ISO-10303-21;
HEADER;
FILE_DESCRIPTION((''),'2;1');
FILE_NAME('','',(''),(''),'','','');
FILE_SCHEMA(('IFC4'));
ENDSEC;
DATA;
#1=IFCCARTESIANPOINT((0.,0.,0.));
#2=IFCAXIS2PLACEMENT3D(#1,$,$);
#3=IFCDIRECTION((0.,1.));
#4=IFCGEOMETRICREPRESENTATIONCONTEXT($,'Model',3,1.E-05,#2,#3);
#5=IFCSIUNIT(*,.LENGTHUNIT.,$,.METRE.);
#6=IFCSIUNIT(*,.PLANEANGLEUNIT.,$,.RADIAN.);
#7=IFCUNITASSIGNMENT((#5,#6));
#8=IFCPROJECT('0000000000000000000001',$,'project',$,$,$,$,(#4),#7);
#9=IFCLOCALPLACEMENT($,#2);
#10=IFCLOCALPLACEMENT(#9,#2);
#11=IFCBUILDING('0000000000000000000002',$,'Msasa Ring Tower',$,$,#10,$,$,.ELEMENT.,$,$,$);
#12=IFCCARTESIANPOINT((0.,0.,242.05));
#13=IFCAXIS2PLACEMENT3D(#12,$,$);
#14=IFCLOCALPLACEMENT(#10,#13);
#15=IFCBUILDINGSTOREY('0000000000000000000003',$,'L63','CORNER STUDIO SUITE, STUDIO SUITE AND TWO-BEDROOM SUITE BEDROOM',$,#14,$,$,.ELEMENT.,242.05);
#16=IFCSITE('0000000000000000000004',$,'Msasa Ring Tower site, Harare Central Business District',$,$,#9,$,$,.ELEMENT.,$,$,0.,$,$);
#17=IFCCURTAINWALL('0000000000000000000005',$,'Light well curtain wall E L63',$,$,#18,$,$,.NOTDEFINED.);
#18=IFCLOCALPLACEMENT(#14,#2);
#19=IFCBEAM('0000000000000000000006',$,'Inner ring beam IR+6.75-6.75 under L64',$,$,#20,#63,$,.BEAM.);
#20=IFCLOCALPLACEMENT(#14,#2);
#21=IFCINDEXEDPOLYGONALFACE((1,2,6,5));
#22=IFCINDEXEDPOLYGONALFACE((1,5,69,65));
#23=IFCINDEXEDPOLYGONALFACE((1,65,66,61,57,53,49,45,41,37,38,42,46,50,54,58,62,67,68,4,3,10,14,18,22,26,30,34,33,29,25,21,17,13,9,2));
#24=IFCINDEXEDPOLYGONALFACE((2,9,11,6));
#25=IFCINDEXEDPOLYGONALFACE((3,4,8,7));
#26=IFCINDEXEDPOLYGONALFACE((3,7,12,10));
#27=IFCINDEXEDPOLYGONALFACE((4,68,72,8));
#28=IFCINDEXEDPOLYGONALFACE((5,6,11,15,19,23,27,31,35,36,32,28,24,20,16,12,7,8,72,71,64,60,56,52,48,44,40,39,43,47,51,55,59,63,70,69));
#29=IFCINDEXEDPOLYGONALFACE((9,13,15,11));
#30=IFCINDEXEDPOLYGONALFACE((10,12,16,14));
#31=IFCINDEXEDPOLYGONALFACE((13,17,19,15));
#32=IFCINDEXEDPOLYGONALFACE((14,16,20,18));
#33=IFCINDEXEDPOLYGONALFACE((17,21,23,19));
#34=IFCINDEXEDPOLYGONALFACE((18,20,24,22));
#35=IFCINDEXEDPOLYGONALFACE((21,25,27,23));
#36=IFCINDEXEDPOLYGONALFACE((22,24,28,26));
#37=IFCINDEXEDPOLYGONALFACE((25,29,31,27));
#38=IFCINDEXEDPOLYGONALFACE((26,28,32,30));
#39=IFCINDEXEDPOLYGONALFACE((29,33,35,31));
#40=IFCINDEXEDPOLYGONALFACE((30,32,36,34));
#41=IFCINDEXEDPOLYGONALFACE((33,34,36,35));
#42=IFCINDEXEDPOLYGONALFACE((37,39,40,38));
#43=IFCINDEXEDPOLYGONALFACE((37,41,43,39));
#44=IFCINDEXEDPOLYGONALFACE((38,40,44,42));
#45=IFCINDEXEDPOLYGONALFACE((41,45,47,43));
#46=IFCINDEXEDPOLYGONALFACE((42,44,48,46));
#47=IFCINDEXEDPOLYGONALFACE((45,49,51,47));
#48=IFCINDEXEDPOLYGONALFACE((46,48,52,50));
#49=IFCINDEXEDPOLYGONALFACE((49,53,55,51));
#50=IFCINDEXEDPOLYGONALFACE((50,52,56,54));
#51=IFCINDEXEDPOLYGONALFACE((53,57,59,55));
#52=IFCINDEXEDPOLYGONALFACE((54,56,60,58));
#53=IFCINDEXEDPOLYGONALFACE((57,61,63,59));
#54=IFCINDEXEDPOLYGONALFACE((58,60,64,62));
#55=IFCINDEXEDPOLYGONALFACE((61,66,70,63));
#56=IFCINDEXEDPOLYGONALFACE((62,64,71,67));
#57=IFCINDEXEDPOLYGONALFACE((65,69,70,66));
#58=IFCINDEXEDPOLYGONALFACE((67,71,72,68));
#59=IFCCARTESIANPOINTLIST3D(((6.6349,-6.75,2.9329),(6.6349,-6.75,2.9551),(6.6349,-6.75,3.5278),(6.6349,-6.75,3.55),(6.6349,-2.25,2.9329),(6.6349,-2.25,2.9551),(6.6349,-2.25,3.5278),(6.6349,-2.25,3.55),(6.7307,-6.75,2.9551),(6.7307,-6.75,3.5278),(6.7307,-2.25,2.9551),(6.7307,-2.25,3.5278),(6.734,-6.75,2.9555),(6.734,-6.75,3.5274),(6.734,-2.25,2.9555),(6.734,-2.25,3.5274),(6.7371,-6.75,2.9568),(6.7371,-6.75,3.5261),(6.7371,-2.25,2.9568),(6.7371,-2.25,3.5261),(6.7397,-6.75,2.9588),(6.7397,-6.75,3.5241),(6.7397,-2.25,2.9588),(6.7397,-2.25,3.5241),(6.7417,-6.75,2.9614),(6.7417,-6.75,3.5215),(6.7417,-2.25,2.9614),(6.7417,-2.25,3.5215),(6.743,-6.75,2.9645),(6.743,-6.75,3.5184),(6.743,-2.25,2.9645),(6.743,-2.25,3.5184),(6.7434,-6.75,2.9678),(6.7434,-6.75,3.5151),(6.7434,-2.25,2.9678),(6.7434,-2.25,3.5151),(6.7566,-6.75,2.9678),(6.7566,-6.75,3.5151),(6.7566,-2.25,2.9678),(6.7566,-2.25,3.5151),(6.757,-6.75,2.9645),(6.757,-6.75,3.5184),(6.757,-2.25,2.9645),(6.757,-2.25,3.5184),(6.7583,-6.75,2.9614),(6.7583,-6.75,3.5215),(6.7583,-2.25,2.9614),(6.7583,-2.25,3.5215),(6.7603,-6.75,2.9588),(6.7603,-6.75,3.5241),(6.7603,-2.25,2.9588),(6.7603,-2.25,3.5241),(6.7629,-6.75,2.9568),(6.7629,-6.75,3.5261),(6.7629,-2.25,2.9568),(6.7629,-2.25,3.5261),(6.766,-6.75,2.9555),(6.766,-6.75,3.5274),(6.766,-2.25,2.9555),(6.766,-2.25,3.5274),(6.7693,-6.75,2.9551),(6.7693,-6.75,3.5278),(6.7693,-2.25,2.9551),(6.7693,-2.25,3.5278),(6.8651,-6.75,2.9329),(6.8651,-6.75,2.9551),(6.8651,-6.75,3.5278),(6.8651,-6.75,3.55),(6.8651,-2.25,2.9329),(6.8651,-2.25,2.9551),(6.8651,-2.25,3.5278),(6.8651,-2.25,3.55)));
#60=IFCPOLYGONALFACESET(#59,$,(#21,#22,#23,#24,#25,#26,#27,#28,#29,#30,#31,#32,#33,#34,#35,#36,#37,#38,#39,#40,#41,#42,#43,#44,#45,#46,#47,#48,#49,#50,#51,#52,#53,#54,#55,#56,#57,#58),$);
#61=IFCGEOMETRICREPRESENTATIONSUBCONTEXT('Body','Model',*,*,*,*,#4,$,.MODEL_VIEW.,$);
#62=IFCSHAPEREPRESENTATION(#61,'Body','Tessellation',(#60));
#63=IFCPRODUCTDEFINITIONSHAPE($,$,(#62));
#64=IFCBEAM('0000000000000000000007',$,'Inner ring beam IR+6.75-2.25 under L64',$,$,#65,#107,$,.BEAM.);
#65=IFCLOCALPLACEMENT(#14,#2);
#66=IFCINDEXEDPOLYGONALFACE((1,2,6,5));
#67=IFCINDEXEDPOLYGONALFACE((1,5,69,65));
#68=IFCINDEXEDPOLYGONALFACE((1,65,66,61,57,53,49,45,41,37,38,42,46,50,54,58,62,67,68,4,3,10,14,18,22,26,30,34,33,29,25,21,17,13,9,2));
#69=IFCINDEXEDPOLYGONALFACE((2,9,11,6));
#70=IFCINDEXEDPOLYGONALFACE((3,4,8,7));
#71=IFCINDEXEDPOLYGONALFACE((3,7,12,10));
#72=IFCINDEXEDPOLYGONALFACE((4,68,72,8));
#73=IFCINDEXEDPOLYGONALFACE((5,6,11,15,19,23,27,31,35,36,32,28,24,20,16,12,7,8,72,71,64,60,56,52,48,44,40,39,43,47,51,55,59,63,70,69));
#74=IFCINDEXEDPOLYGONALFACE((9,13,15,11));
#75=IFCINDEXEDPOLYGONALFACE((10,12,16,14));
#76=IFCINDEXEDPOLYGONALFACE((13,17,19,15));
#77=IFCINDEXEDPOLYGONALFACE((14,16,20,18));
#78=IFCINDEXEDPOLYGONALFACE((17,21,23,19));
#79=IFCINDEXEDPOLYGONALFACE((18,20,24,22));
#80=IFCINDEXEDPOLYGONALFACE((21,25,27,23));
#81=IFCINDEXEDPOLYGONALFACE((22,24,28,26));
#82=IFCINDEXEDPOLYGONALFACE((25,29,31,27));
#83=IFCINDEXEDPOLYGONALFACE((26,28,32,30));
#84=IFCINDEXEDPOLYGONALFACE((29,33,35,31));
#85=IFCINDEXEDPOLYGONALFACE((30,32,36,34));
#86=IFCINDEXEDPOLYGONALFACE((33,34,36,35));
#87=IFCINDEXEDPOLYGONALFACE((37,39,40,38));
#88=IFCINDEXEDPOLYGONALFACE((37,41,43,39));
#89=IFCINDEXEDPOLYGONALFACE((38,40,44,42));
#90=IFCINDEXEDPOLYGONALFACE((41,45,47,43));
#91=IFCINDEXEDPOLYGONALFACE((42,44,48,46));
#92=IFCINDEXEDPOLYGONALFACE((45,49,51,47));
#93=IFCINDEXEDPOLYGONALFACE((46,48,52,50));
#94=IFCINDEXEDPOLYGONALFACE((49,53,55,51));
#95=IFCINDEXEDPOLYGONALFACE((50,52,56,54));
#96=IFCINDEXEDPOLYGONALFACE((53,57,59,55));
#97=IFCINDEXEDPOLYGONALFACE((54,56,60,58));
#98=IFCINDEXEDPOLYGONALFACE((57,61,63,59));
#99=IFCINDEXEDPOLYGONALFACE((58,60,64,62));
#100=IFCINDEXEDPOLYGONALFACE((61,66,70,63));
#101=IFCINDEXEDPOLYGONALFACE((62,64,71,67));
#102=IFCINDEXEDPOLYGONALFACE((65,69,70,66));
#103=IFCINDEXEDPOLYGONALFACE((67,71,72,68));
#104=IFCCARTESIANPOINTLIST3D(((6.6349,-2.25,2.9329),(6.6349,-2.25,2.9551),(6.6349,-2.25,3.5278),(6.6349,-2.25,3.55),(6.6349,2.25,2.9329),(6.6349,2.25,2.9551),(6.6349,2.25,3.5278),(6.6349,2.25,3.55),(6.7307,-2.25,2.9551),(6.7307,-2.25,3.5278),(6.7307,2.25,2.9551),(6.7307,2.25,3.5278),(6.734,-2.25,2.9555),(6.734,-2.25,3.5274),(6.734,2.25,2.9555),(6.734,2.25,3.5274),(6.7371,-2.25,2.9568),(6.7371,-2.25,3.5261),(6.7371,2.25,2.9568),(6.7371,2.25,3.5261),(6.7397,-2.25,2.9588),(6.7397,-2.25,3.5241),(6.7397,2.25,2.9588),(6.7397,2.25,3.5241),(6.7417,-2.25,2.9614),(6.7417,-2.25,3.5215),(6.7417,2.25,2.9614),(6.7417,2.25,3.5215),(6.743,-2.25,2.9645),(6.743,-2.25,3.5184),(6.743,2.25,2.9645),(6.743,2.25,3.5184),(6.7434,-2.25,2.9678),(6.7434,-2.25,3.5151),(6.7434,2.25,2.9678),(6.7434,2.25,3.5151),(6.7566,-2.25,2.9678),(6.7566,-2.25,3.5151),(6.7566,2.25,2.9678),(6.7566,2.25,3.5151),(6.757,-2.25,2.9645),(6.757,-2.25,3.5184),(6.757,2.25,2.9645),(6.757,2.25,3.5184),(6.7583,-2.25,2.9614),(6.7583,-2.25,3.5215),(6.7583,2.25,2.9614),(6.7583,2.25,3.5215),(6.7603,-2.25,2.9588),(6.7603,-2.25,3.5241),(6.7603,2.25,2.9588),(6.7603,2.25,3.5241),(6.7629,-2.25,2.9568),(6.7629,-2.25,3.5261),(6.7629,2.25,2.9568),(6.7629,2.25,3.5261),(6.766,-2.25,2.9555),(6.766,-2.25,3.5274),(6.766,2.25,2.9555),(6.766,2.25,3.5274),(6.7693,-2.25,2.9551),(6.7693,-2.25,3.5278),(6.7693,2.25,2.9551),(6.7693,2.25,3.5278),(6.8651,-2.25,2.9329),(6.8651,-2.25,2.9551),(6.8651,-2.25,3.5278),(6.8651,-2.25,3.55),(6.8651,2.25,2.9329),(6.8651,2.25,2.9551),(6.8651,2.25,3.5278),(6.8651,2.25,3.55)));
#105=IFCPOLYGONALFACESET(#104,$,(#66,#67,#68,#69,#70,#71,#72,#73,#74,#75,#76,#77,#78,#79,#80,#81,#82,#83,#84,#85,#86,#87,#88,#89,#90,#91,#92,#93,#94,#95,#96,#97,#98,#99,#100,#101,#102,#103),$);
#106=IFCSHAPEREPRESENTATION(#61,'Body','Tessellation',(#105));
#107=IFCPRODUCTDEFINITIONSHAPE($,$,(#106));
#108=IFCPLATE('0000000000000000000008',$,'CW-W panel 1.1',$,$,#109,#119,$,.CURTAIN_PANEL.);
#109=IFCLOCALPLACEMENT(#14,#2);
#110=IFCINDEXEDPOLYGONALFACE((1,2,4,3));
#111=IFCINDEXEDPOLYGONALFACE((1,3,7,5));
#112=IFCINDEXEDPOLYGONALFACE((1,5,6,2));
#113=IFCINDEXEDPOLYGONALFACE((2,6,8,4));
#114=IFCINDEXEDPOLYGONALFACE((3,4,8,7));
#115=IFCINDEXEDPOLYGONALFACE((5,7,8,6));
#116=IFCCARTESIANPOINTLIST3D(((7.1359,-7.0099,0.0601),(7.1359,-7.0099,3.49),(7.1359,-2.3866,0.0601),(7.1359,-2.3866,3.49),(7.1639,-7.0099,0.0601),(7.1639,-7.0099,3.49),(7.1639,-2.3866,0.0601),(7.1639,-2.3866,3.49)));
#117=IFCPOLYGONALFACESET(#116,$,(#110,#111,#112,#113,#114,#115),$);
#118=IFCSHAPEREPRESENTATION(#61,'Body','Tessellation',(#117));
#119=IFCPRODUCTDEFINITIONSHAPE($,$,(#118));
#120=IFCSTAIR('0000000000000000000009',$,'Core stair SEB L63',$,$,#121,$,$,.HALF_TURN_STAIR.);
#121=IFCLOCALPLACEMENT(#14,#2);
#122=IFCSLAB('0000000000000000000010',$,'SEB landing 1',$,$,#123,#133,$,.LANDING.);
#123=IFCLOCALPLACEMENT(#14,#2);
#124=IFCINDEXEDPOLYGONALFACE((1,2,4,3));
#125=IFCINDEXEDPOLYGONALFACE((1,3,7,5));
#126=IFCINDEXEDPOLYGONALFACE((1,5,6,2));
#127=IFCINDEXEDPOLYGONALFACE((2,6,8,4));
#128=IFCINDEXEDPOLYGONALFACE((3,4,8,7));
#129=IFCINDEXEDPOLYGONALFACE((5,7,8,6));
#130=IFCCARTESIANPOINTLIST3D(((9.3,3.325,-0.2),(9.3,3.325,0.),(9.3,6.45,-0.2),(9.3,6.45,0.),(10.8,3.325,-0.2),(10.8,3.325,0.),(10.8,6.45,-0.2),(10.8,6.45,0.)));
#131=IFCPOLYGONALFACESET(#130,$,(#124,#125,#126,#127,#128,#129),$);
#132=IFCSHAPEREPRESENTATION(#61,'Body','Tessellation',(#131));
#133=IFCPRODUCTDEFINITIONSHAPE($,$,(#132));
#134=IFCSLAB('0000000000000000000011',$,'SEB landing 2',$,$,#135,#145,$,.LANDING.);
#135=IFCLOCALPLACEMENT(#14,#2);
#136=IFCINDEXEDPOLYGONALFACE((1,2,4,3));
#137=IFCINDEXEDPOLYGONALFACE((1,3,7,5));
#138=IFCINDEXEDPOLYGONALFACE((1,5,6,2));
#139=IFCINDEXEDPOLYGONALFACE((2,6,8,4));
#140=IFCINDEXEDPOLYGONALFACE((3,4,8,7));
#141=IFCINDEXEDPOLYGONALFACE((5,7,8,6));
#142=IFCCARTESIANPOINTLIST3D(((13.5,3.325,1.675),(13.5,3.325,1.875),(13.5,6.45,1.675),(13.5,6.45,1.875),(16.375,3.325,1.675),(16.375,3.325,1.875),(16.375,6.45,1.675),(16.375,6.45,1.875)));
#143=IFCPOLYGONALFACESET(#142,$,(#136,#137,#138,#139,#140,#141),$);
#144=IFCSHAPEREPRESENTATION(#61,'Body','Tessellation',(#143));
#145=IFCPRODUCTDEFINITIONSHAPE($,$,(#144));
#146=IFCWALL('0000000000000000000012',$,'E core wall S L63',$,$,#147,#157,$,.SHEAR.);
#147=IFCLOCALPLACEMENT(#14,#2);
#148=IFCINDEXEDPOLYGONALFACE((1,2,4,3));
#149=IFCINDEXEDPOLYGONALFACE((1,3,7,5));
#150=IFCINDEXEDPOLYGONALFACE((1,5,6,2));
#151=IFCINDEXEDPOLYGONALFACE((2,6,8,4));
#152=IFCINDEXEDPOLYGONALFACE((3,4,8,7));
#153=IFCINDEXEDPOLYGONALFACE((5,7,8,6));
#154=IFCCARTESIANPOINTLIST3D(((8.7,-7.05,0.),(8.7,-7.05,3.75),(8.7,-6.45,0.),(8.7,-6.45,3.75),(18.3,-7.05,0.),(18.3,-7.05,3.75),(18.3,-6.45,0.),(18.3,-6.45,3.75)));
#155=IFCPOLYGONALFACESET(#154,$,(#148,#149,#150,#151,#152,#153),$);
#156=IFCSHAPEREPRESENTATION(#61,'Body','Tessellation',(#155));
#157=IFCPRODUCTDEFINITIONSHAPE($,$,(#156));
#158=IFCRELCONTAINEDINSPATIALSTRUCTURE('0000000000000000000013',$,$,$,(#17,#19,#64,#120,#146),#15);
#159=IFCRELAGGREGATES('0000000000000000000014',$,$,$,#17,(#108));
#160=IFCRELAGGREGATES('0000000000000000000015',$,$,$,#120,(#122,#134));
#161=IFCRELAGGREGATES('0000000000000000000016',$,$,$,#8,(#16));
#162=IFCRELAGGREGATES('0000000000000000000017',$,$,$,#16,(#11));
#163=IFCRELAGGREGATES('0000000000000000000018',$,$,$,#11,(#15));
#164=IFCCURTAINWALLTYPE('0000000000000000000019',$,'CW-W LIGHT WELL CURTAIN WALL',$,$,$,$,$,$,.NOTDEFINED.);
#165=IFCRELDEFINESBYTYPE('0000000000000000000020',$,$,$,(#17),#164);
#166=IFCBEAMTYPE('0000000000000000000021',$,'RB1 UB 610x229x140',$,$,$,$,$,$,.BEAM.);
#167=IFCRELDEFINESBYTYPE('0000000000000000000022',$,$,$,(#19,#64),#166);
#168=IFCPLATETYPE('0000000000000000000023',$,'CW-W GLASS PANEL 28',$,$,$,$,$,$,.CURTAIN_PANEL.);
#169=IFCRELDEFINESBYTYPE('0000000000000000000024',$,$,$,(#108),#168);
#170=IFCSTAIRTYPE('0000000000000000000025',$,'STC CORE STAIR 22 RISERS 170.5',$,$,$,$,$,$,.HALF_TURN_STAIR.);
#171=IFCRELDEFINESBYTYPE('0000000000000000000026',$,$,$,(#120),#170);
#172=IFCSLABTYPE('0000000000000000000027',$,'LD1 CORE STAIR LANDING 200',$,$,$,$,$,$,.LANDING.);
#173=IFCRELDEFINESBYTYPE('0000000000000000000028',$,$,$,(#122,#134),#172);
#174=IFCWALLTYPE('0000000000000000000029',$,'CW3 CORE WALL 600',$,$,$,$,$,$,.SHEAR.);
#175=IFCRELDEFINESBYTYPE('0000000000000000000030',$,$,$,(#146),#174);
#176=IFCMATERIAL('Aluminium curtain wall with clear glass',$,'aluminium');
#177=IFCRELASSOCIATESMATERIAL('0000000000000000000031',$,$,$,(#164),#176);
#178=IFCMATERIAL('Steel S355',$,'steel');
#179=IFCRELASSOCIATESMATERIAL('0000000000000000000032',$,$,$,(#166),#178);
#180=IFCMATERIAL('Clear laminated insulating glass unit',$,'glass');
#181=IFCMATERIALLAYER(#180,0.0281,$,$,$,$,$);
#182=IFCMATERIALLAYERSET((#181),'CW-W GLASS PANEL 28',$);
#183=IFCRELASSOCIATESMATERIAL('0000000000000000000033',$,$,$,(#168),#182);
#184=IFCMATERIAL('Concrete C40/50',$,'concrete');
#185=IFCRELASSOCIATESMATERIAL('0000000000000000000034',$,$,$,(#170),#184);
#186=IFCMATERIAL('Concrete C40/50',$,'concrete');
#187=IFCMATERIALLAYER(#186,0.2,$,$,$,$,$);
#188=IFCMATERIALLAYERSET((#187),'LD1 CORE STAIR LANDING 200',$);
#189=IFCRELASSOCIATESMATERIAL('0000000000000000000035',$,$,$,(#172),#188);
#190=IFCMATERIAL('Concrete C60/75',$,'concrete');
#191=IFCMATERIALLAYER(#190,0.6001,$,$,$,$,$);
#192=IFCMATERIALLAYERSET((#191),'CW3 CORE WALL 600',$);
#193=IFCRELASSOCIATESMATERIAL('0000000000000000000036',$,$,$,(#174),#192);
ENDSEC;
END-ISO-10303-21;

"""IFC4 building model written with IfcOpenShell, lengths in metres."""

from ifc_helpers import new_model, si_unit, direction, frame, frame_2d, origin, origin_2d, place, context, subcontext, project, spatial, polyline, rectangle, i_section, outline, extrude, material, layer, layer_set, material_profile, profile_set, type_object, element, aggregate, save


model = new_model("IFC4")

# Units and contexts
model_context = context("Model", 3, precision=1e-05, world=origin(), true_north=direction((0.0, 1.0)))
body_context = subcontext(model_context, "Body", "Model", "MODEL_VIEW")
ifc_project = project(units=[si_unit("LENGTHUNIT", "METRE"), si_unit("PLANEANGLEUNIT", "RADIAN")], contexts=[model_context])

# Site, building, storey
site_placement = place(None, origin())
site = spatial("IfcSite", under=ifc_project, at=site_placement, Name="Msasa Ring Tower site, Harare Central Business District", CompositionType="ELEMENT", RefElevation=0.0)
building_placement = place(site_placement, origin())
building = spatial("IfcBuilding", under=site, at=building_placement, Name="Msasa Ring Tower", CompositionType="ELEMENT")
storey_placement = place(building_placement, frame((0.0, 0.0, 242.05)))
storey = spatial("IfcBuildingStorey", under=building, at=storey_placement, Name="L63", Description="CORNER STUDIO SUITE, STUDIO SUITE AND TWO-BEDROOM SUITE BEDROOM", CompositionType="ELEMENT", Elevation=242.05)

# Shared definitions
ifc_material_1 = material(Name="Aluminium curtain wall with clear glass", Category="aluminium")
curtain_wall_type = type_object("IfcCurtainWallType", Name="CW-W LIGHT WELL CURTAIN WALL", PredefinedType="NOTDEFINED", material=ifc_material_1)

# Curtain wall
curtain_wall_1_placement = place(storey_placement, origin())
curtain_wall_1 = element("IfcCurtainWall", 1, at=curtain_wall_1_placement, inside=storey, type_object=curtain_wall_type, Name="Light well curtain wall E L63", PredefinedType="NOTDEFINED")

# Beams
ifc_material_2 = material(Name="Steel S355", Category="steel")
ifc_material_profile_1 = material_profile(ifc_material_2, i_section(OverallWidth=0.2302, OverallDepth=0.6172, WebThickness=0.0132, FlangeThickness=0.0222, FilletRadius=0.0127, at=origin_2d()), Name="UB 610x229x140")
ifc_profile_set_1 = profile_set([ifc_material_profile_1], Name="Steel S355")
beam_type = type_object("IfcBeamType", Name="RB1 UB 610x229x140", PredefinedType="BEAM", material=ifc_profile_set_1)
for number, where, z_axis, x_axis, name in (
    (2, (6.75, -6.75, 3.2415), (0.0, 1.0, 0.0), (-1.0, 0.0, 0.0), "Inner ring beam IR+6.75-6.75 under L64"),
    (3, (6.75, -2.25, 3.2415), (0.0, 1.0, 0.0), (-1.0, 0.0, 0.0), "Inner ring beam IR+6.75-2.25 under L64"),
):
    element("IfcBeam", number, at=place(storey_placement, frame(where, z_axis=z_axis, x_axis=x_axis)), inside=storey, type_object=beam_type, Name=name, PredefinedType="BEAM", context=body_context, shape_type="SweptSolid", body=[
        extrude(i_section(OverallWidth=0.2302, OverallDepth=0.6172, WebThickness=0.0132, FlangeThickness=0.0222, FilletRadius=0.0127, at=origin_2d()), origin(), (0.0, 0.0, 1.0), 4.5),
    ])

# Plate
ifc_material_3 = material(Name="Clear laminated insulating glass unit", Category="glass")
ifc_layer_1 = layer(ifc_material_3, 0.0281)
ifc_layer_set_1 = layer_set([ifc_layer_1], Name="CW-W GLASS PANEL 28")
plate_type = type_object("IfcPlateType", Name="CW-W GLASS PANEL 28", PredefinedType="CURTAIN_PANEL", material=ifc_layer_set_1)
plate_placement = place(storey_placement, frame((7.1499, -4.6982, 0.0601), z_axis=(0.0, 0.0, 1.0), x_axis=(0.0, 1.0, 0.0)))
plate = element("IfcPlate", 4, at=plate_placement, type_object=plate_type, Name="CW-W panel 1.1", PredefinedType="CURTAIN_PANEL", context=body_context, shape_type="SweptSolid", body=[
    extrude(rectangle(XDim=4.6233, YDim=0.0281, at=origin_2d()), origin(), (0.0, 0.0, 1.0), 3.4299),
])
aggregate(curtain_wall_1, [plate])

# Stair, slabs
ifc_material_4 = material(Name="Concrete C40/50", Category="concrete")
stair_type = type_object("IfcStairType", Name="STC CORE STAIR 22 RISERS 170.5", PredefinedType="HALF_TURN_STAIR", material=ifc_material_4)
stair_1_placement = place(storey_placement, origin())
stair_1 = element("IfcStair", 5, at=stair_1_placement, inside=storey, type_object=stair_type, Name="Core stair SEB L63", PredefinedType="HALF_TURN_STAIR")
ifc_material_5 = material(Name="Concrete C40/50", Category="concrete")
ifc_layer_2 = layer(ifc_material_5, 0.2)
ifc_layer_set_2 = layer_set([ifc_layer_2], Name="LD1 CORE STAIR LANDING 200")
slab_type = type_object("IfcSlabType", Name="LD1 CORE STAIR LANDING 200", PredefinedType="LANDING", material=ifc_layer_set_2)
slab_1_placement = place(storey_placement, frame((0.0, 0.0, -0.2)))
slab_1 = element("IfcSlab", 6, at=slab_1_placement, type_object=slab_type, Name="SEB landing 1", PredefinedType="LANDING", context=body_context, shape_type="SweptSolid", body=[
    extrude(outline(polyline([(9.3, 3.325), (10.8, 3.325), (10.8, 6.45), (9.3, 6.45), (9.3, 3.325)])), origin(), (0.0, 0.0, 1.0), 0.2),
])
slab_2_placement = place(storey_placement, frame((0.0, 0.0, 1.675)))
slab_2 = element("IfcSlab", 7, at=slab_2_placement, type_object=slab_type, Name="SEB landing 2", PredefinedType="LANDING", context=body_context, shape_type="SweptSolid", body=[
    extrude(outline(polyline([(13.5, 3.325), (16.375, 3.325), (16.375, 6.45), (13.5, 6.45), (13.5, 3.325)])), origin(), (0.0, 0.0, 1.0), 0.2),
])
aggregate(stair_1, [slab_1, slab_2])

# Wall
ifc_material_6 = material(Name="Concrete C60/75", Category="concrete")
ifc_layer_3 = layer(ifc_material_6, 0.6001)
ifc_layer_set_3 = layer_set([ifc_layer_3], Name="CW3 CORE WALL 600")
wall_type_1 = type_object("IfcWallType", Name="CW3 CORE WALL 600", PredefinedType="SHEAR", material=ifc_layer_set_3)
wall_1_placement = place(storey_placement, frame((8.7, -6.75, 0.0), z_axis=(0.0, 0.0, 1.0), x_axis=(1.0, 0.0, 0.0)))
element("IfcWall", 8, at=wall_1_placement, inside=storey, type_object=wall_type_1, Name="E core wall S L63", PredefinedType="SHEAR", context=body_context, shape_type="SweptSolid", body=[
    extrude(rectangle(XDim=9.6001, YDim=0.6001, at=frame_2d((4.8, 0.0))), origin(), (0.0, 0.0, 1.0), 3.75),
])

save(model, "model.ifc")
